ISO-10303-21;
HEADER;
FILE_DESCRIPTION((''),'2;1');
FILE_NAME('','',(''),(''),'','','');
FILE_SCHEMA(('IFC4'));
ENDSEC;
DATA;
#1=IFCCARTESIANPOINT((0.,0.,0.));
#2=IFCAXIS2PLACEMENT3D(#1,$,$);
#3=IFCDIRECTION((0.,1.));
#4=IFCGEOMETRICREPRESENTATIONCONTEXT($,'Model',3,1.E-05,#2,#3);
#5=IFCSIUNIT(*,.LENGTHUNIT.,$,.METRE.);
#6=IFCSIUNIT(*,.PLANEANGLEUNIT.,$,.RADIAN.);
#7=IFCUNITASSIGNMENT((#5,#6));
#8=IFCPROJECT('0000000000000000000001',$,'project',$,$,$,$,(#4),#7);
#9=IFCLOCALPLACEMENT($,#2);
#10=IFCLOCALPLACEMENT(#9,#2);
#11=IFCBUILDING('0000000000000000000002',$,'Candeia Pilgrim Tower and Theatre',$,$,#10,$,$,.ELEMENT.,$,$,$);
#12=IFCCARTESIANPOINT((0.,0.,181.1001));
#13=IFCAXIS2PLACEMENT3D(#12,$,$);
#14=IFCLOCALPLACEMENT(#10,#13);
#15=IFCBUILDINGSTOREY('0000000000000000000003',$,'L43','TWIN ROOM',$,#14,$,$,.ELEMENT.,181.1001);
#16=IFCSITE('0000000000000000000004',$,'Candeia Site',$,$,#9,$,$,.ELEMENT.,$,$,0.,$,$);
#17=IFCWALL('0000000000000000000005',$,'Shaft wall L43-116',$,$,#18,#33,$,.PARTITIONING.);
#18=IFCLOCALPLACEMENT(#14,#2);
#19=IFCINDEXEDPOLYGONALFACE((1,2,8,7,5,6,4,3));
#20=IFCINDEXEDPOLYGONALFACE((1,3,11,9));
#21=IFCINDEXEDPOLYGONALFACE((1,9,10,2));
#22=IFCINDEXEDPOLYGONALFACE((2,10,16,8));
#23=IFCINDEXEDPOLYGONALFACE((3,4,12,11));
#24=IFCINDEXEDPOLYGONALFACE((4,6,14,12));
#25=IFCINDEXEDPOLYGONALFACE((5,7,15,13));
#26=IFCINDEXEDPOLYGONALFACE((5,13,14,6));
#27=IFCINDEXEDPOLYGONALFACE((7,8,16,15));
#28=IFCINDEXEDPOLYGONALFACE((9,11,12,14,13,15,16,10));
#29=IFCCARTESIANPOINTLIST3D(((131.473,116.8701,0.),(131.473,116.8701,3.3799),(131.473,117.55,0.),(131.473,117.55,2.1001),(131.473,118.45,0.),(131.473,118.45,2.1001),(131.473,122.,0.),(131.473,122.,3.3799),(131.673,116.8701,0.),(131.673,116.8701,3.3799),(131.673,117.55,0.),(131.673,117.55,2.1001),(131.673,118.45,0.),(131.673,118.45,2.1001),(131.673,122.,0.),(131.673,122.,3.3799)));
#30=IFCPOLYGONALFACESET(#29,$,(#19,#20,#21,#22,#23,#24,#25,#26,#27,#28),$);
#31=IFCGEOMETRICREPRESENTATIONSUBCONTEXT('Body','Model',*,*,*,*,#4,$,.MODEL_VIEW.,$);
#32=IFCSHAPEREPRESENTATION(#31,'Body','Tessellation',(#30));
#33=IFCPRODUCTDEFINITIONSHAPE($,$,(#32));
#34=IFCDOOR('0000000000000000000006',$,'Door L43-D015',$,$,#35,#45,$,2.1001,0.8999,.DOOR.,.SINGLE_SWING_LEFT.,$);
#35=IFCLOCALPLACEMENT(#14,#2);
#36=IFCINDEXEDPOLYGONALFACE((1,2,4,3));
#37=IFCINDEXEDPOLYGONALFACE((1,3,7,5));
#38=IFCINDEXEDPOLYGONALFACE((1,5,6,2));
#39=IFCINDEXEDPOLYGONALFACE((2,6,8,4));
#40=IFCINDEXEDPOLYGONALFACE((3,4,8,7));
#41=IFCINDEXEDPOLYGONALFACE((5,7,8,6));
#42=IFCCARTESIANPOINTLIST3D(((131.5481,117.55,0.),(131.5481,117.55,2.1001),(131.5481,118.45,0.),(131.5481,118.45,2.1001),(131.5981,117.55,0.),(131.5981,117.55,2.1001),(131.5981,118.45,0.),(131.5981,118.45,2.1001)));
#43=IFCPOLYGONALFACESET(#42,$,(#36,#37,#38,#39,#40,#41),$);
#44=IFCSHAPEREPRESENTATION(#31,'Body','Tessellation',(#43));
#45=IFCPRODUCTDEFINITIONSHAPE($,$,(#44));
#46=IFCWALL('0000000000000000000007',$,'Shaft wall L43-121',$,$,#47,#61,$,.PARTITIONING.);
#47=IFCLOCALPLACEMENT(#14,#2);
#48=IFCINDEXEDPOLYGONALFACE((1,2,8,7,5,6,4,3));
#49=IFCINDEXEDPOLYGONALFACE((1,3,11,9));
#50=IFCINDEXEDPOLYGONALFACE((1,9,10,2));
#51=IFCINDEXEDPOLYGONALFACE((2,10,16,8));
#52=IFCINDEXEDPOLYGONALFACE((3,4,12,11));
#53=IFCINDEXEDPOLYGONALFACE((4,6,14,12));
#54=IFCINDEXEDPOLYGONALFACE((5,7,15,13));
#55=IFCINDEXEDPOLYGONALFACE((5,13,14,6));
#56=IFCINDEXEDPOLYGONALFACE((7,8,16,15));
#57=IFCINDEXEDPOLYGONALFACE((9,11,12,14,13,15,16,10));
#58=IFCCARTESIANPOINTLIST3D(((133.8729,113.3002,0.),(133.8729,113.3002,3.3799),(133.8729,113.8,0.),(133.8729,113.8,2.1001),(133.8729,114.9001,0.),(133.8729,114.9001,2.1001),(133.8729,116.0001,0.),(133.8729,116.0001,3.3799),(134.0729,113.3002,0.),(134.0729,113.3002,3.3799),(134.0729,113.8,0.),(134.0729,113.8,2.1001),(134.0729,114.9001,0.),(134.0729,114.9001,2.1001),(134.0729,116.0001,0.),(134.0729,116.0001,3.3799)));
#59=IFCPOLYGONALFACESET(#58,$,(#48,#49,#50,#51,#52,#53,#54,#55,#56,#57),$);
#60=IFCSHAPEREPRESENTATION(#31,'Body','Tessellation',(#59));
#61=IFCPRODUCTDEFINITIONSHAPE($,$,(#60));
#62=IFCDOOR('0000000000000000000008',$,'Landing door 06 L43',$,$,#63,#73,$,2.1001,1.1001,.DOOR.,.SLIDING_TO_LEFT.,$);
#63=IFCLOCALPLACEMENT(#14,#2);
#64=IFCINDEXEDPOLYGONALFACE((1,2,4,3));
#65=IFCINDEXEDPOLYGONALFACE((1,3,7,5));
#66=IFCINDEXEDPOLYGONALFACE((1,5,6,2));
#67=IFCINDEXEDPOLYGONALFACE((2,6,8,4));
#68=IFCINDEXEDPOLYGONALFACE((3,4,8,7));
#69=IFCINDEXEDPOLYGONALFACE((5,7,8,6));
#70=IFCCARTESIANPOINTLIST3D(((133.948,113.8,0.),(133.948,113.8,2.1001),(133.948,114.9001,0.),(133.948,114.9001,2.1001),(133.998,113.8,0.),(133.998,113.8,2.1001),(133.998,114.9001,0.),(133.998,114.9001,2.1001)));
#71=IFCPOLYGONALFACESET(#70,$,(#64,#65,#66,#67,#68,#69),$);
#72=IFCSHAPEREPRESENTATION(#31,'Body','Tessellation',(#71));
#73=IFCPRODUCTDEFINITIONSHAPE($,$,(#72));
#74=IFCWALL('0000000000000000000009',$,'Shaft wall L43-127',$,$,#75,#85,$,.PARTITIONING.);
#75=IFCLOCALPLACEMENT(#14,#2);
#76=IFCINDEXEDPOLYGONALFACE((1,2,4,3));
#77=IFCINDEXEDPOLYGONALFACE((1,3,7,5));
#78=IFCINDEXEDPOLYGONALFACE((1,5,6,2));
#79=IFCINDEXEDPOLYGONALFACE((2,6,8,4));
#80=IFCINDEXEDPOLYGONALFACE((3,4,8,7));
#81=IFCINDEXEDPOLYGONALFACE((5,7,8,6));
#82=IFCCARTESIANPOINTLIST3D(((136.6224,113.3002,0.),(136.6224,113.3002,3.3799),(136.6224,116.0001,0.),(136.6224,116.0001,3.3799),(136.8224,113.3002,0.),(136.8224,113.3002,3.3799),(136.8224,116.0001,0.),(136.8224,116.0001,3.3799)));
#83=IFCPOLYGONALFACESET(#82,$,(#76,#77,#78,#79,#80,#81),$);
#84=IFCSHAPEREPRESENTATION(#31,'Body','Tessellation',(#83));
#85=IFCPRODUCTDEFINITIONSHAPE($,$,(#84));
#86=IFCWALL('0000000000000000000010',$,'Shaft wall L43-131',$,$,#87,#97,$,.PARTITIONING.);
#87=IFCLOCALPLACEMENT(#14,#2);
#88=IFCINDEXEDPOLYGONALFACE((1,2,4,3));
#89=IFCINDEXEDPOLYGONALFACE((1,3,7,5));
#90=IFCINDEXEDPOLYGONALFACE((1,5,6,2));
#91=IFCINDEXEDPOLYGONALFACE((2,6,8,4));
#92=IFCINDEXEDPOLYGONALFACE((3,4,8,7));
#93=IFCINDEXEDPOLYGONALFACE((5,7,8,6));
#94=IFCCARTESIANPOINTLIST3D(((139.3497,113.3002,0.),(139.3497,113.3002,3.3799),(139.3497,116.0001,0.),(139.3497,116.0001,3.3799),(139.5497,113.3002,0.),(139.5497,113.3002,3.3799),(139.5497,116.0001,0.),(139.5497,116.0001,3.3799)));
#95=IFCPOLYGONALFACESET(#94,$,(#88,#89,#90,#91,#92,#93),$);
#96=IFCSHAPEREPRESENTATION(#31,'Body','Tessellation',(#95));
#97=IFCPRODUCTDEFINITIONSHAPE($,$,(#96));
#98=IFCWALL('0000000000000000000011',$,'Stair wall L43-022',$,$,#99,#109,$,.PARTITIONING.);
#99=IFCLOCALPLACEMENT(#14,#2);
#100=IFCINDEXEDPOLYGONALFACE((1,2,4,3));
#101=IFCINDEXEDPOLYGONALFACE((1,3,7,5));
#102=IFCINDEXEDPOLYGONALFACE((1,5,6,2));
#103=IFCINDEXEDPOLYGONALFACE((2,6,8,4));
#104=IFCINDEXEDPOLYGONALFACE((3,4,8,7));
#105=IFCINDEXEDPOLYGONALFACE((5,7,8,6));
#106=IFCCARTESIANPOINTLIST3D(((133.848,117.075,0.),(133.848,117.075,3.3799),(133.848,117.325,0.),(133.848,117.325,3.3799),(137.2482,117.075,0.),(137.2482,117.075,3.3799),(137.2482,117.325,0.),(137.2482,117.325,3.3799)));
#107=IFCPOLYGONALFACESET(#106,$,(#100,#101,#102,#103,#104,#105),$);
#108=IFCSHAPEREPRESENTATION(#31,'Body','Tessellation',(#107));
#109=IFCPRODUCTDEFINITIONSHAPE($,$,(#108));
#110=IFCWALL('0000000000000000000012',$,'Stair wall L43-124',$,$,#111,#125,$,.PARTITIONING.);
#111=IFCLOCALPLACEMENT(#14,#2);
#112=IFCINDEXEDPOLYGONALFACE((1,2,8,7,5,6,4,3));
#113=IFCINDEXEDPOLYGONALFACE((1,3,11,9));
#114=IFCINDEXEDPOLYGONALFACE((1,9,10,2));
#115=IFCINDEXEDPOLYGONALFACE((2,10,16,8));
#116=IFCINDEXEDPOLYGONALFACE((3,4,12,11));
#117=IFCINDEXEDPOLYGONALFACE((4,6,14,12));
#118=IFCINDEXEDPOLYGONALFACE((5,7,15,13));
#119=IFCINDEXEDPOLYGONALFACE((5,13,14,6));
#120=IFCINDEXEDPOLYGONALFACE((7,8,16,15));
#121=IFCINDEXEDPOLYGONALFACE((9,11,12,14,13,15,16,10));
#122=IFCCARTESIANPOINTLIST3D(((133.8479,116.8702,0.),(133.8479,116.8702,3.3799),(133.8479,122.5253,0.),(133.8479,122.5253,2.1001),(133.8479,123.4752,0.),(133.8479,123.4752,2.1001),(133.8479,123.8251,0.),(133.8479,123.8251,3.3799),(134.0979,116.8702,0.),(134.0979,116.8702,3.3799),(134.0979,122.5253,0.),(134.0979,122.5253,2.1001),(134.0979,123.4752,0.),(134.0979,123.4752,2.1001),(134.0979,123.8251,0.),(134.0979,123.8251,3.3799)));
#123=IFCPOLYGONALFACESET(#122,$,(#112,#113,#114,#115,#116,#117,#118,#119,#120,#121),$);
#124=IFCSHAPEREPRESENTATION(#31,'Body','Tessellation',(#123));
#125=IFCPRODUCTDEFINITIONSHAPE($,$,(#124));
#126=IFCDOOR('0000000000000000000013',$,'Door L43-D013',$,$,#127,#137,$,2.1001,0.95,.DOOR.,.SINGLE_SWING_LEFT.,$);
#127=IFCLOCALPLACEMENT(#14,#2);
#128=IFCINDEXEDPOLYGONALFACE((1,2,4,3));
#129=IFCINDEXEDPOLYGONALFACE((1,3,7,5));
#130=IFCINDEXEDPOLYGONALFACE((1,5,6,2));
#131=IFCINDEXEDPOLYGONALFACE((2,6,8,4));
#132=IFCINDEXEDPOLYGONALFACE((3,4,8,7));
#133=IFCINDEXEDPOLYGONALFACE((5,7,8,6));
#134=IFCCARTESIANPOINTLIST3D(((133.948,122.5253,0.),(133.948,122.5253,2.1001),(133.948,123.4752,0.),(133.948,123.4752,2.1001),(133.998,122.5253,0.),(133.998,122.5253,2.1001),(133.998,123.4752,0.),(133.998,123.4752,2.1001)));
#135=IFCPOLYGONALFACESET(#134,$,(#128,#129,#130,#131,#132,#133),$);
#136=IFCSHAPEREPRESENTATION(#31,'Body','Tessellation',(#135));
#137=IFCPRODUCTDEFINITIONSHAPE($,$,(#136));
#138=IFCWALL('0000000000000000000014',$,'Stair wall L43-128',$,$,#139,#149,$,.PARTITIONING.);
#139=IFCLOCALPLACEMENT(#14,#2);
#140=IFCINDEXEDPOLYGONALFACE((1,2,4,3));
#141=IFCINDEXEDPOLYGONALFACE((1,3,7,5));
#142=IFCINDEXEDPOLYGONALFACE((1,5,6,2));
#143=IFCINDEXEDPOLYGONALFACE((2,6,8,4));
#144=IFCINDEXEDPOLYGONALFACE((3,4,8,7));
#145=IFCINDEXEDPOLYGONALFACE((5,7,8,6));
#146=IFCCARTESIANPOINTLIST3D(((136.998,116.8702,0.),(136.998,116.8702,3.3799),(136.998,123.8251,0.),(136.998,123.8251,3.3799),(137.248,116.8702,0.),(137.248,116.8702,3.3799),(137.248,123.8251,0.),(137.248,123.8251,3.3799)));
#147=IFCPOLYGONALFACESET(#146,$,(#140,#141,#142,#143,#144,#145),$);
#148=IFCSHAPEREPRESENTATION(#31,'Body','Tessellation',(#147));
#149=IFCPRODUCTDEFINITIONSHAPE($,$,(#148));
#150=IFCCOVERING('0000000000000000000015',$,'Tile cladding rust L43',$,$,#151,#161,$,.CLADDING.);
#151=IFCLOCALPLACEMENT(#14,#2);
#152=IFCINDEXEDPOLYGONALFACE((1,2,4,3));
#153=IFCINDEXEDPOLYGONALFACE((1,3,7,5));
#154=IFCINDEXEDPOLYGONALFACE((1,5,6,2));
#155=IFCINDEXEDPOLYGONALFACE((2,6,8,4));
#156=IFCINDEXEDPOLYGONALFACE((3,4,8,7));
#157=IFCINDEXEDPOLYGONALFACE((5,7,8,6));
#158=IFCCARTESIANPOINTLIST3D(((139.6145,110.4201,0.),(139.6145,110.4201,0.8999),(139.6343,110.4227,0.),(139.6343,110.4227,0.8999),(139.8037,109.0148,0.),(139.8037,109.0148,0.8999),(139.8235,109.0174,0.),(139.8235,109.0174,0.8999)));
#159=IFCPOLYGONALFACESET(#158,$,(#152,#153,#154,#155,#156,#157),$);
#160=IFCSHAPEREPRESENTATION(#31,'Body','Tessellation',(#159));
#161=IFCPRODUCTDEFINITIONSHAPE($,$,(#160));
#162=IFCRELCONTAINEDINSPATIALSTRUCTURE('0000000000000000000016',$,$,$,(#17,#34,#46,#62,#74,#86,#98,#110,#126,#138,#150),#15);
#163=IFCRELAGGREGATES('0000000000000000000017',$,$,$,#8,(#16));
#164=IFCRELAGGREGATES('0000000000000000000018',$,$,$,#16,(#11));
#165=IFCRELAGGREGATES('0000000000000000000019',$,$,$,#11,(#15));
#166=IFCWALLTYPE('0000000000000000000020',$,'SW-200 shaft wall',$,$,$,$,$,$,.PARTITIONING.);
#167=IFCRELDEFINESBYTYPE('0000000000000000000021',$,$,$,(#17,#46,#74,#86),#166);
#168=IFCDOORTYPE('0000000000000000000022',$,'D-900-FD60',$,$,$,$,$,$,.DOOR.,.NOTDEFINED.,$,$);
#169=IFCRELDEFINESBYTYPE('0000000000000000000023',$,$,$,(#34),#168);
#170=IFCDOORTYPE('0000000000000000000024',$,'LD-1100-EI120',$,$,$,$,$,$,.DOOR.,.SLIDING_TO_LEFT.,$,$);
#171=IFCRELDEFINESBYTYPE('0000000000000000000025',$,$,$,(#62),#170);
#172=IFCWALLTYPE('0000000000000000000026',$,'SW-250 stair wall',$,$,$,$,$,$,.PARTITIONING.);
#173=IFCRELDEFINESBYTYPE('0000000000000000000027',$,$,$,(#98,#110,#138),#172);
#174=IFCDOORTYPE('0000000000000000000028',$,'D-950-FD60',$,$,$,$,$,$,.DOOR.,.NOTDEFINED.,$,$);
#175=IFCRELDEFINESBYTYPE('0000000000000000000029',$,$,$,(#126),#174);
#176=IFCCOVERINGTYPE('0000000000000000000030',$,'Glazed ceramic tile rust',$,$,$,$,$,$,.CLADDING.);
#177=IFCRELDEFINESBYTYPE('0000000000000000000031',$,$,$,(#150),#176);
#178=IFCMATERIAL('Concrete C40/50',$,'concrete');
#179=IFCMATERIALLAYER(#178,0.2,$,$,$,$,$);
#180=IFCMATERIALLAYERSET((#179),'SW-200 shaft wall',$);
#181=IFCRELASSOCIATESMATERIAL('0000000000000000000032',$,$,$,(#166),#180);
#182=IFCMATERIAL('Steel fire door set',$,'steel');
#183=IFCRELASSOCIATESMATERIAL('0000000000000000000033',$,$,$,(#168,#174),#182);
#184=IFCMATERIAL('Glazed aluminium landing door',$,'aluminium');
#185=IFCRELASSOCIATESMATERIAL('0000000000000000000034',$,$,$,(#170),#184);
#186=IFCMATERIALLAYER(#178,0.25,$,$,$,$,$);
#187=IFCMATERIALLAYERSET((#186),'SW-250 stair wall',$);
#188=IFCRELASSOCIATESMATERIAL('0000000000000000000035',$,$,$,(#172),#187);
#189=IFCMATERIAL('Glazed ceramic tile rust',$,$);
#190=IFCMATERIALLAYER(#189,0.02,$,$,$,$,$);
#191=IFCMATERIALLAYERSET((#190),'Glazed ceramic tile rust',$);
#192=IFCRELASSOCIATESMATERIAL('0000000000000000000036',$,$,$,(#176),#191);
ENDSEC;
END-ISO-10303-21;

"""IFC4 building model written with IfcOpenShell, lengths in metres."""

from ifc_helpers import new_model, si_unit, direction, frame, frame_2d, origin, origin_2d, place, context, subcontext, project, spatial, rectangle, extrude, material, layer, layer_set, type_object, element, fill, save


model = new_model("IFC4")

# Units and contexts
model_context = context("Model", 3, precision=1e-05, world=origin(), true_north=direction((0.0, 1.0)))
body_context = subcontext(model_context, "Body", "Model", "MODEL_VIEW")
ifc_project = project(units=[si_unit("LENGTHUNIT", "METRE"), si_unit("PLANEANGLEUNIT", "RADIAN")], contexts=[model_context])

# Site, building, storey
site_placement = place(None, origin())
site = spatial("IfcSite", under=ifc_project, at=site_placement, Name="Candeia Site", CompositionType="ELEMENT", RefElevation=0.0)
building_placement = place(site_placement, origin())
building = spatial("IfcBuilding", under=site, at=building_placement, Name="Candeia Pilgrim Tower and Theatre", CompositionType="ELEMENT")
storey_placement = place(building_placement, frame((0.0, 0.0, 181.1001)))
storey = spatial("IfcBuildingStorey", under=building, at=storey_placement, Name="L43", Description="TWIN ROOM", CompositionType="ELEMENT", Elevation=181.1001)

# Shared definitions
ifc_material_1 = material(Name="Steel fire door set", Category="steel")

# Walls, openings, doors
ifc_material_2 = material(Name="Concrete C40/50", Category="concrete")
ifc_layer_1 = layer(ifc_material_2, 0.2)
ifc_layer_set_1 = layer_set([ifc_layer_1], Name="SW-200 shaft wall")
wall_type_1 = type_object("IfcWallType", Name="SW-200 shaft wall", PredefinedType="PARTITIONING", material=ifc_layer_set_1)
door_type_1 = type_object("IfcDoorType", Name="D-900-FD60", OperationType="NOTDEFINED", PredefinedType="DOOR", material=ifc_material_1)
wall_1_placement = place(storey_placement, frame((131.573, 116.8701, 0.0), z_axis=(0.0, 0.0, 1.0), x_axis=(0.0, 1.0, 0.0)))
wall_1 = element("IfcWall", 1, at=wall_1_placement, inside=storey, type_object=wall_type_1, Name="Shaft wall L43-116", PredefinedType="PARTITIONING", context=body_context, shape_type="SweptSolid", body=[
    extrude(rectangle(XDim=5.1299, YDim=0.2, at=frame_2d((2.5649, 0.0))), origin(), (0.0, 0.0, 1.0), 3.3799),
])
opening_1_placement = place(wall_1_placement, frame((0.6799, 0.0, 0.0)))
opening_1 = element("IfcOpeningElement", 2, at=opening_1_placement, cuts=wall_1, PredefinedType="OPENING", context=body_context, shape_type="SweptSolid", body=[
    extrude(rectangle(XDim=0.8999, YDim=2.1001, at=frame_2d((0.45, 1.05))), frame((0.0, 0.1099, 0.0), z_axis=(0.0, -1.0, 0.0), x_axis=(1.0, 0.0, 0.0)), (0.0, 0.0, 1.0), 0.22),
])
door_1_placement = place(opening_1_placement, origin())
door_1 = element("IfcDoor", 3, at=door_1_placement, inside=storey, type_object=door_type_1, Name="Door L43-D015", OperationType="SINGLE_SWING_LEFT", OverallHeight=2.1001, OverallWidth=0.8999, PredefinedType="DOOR", context=body_context, shape_type="SweptSolid", body=[
    extrude(rectangle(XDim=0.8999, YDim=2.1001, at=frame_2d((0.45, 1.05))), frame((0.0, 0.0249, 0.0), z_axis=(0.0, -1.0, 0.0), x_axis=(1.0, 0.0, 0.0)), (0.0, 0.0, 1.0), 0.05),
])
fill(opening_1, door_1)
wall_2_placement = place(storey_placement, frame((133.9729, 113.3, 0.0), z_axis=(0.0, 0.0, 1.0), x_axis=(0.0, 1.0, 0.0)))
wall_2 = element("IfcWall", 4, at=wall_2_placement, inside=storey, type_object=wall_type_1, Name="Shaft wall L43-121", PredefinedType="PARTITIONING", context=body_context, shape_type="SweptSolid", body=[
    extrude(rectangle(XDim=2.7, YDim=0.2, at=frame_2d((1.3501, 0.0))), origin(), (0.0, 0.0, 1.0), 3.3799),
])
opening_2_placement = place(wall_2_placement, frame((0.5, 0.0, 0.0)))
opening_2 = element("IfcOpeningElement", 5, at=opening_2_placement, cuts=wall_2, PredefinedType="OPENING", context=body_context, shape_type="SweptSolid", body=[
    extrude(rectangle(XDim=1.1001, YDim=2.1001, at=frame_2d((0.55, 1.05))), frame((0.0, 0.1099, 0.0), z_axis=(0.0, -1.0, 0.0), x_axis=(1.0, 0.0, 0.0)), (0.0, 0.0, 1.0), 0.22),
])
ifc_material_3 = material(Name="Glazed aluminium landing door", Category="aluminium")
door_type_2 = type_object("IfcDoorType", Name="LD-1100-EI120", OperationType="SLIDING_TO_LEFT", PredefinedType="DOOR", material=ifc_material_3)
door_2_placement = place(opening_2_placement, origin())
door_2 = element("IfcDoor", 6, at=door_2_placement, inside=storey, type_object=door_type_2, Name="Landing door 06 L43", OperationType="SLIDING_TO_LEFT", OverallHeight=2.1001, OverallWidth=1.1001, PredefinedType="DOOR", context=body_context, shape_type="SweptSolid", body=[
    extrude(rectangle(XDim=1.1001, YDim=2.1001, at=frame_2d((0.55, 1.05))), frame((0.0, 0.0249, 0.0), z_axis=(0.0, -1.0, 0.0), x_axis=(1.0, 0.0, 0.0)), (0.0, 0.0, 1.0), 0.05),
])
fill(opening_2, door_2)

# Walls
for number, where, z_axis, x_axis, name in (
    (7, (136.7224, 113.3, 0.0), (0.0, 0.0, 1.0), (0.0, 1.0, 0.0), "Shaft wall L43-127"),
    (8, (139.4497, 113.3, 0.0), (0.0, 0.0, 1.0), (0.0, 1.0, 0.0), "Shaft wall L43-131"),
):
    element("IfcWall", number, at=place(storey_placement, frame(where, z_axis=z_axis, x_axis=x_axis)), inside=storey, type_object=wall_type_1, Name=name, PredefinedType="PARTITIONING", context=body_context, shape_type="SweptSolid", body=[
        extrude(rectangle(XDim=2.7, YDim=0.2, at=frame_2d((1.3501, 0.0))), origin(), (0.0, 0.0, 1.0), 3.3799),
    ])
ifc_layer_2 = layer(ifc_material_2, 0.25)
ifc_layer_set_2 = layer_set([ifc_layer_2], Name="SW-250 stair wall")
wall_type_2 = type_object("IfcWallType", Name="SW-250 stair wall", PredefinedType="PARTITIONING", material=ifc_layer_set_2)
wall_3_placement = place(storey_placement, frame((133.8479, 117.2, 0.0), z_axis=(0.0, 0.0, 1.0), x_axis=(1.0, 0.0, 0.0)))
element("IfcWall", 9, at=wall_3_placement, inside=storey, type_object=wall_type_2, Name="Stair wall L43-022", PredefinedType="PARTITIONING", context=body_context, shape_type="SweptSolid", body=[
    extrude(rectangle(XDim=3.4001, YDim=0.25, at=frame_2d((1.7002, 0.0))), origin(), (0.0, 0.0, 1.0), 3.3799),
])

# Wall, opening, door
wall_4_placement = place(storey_placement, frame((133.9729, 116.8701, 0.0), z_axis=(0.0, 0.0, 1.0), x_axis=(0.0, 1.0, 0.0)))
wall_4 = element("IfcWall", 10, at=wall_4_placement, inside=storey, type_object=wall_type_2, Name="Stair wall L43-124", PredefinedType="PARTITIONING", context=body_context, shape_type="SweptSolid", body=[
    extrude(rectangle(XDim=6.9548, YDim=0.25, at=frame_2d((3.4775, 0.0))), origin(), (0.0, 0.0, 1.0), 3.3799),
])
opening_3_placement = place(wall_4_placement, frame((5.655, 0.0, 0.0)))
opening_3 = element("IfcOpeningElement", 11, at=opening_3_placement, cuts=wall_4, PredefinedType="OPENING", context=body_context, shape_type="SweptSolid", body=[
    extrude(rectangle(XDim=0.95, YDim=2.1001, at=frame_2d((0.4751, 1.05))), frame((0.0, 0.135, 0.0), z_axis=(0.0, -1.0, 0.0), x_axis=(1.0, 0.0, 0.0)), (0.0, 0.0, 1.0), 0.27),
])
door_type_3 = type_object("IfcDoorType", Name="D-950-FD60", OperationType="NOTDEFINED", PredefinedType="DOOR", material=ifc_material_1)
door_3_placement = place(opening_3_placement, origin())
door_3 = element("IfcDoor", 12, at=door_3_placement, inside=storey, type_object=door_type_3, Name="Door L43-D013", OperationType="SINGLE_SWING_LEFT", OverallHeight=2.1001, OverallWidth=0.95, PredefinedType="DOOR", context=body_context, shape_type="SweptSolid", body=[
    extrude(rectangle(XDim=0.95, YDim=2.1001, at=frame_2d((0.4751, 1.05))), frame((0.0, 0.0249, 0.0), z_axis=(0.0, -1.0, 0.0), x_axis=(1.0, 0.0, 0.0)), (0.0, 0.0, 1.0), 0.05),
])
fill(opening_3, door_3)

# Wall
wall_5_placement = place(storey_placement, frame((137.123, 116.8701, 0.0), z_axis=(0.0, 0.0, 1.0), x_axis=(0.0, 1.0, 0.0)))
element("IfcWall", 13, at=wall_5_placement, inside=storey, type_object=wall_type_2, Name="Stair wall L43-128", PredefinedType="PARTITIONING", context=body_context, shape_type="SweptSolid", body=[
    extrude(rectangle(XDim=6.9548, YDim=0.25, at=frame_2d((3.4775, 0.0))), origin(), (0.0, 0.0, 1.0), 3.3799),
])

# Covering
ifc_material_4 = material(Name="Glazed ceramic tile rust")
ifc_layer_3 = layer(ifc_material_4, 0.02)
ifc_layer_set_3 = layer_set([ifc_layer_3], Name="Glazed ceramic tile rust")
covering_type = type_object("IfcCoveringType", Name="Glazed ceramic tile rust", PredefinedType="CLADDING", material=ifc_layer_set_3)
covering_placement = place(storey_placement, frame((139.719, 109.7188, 0.0), z_axis=(0.0, 0.0, 1.0), x_axis=(-0.133412, 0.991061, 0.0)))
element("IfcCovering", 14, at=covering_placement, inside=storey, type_object=covering_type, Name="Tile cladding rust L43", PredefinedType="CLADDING", context=body_context, shape_type="SweptSolid", body=[
    extrude(rectangle(XDim=1.418, YDim=0.02, at=origin_2d()), origin(), (0.0, 0.0, 1.0), 0.8999),
])

save(model, "model.ifc")
